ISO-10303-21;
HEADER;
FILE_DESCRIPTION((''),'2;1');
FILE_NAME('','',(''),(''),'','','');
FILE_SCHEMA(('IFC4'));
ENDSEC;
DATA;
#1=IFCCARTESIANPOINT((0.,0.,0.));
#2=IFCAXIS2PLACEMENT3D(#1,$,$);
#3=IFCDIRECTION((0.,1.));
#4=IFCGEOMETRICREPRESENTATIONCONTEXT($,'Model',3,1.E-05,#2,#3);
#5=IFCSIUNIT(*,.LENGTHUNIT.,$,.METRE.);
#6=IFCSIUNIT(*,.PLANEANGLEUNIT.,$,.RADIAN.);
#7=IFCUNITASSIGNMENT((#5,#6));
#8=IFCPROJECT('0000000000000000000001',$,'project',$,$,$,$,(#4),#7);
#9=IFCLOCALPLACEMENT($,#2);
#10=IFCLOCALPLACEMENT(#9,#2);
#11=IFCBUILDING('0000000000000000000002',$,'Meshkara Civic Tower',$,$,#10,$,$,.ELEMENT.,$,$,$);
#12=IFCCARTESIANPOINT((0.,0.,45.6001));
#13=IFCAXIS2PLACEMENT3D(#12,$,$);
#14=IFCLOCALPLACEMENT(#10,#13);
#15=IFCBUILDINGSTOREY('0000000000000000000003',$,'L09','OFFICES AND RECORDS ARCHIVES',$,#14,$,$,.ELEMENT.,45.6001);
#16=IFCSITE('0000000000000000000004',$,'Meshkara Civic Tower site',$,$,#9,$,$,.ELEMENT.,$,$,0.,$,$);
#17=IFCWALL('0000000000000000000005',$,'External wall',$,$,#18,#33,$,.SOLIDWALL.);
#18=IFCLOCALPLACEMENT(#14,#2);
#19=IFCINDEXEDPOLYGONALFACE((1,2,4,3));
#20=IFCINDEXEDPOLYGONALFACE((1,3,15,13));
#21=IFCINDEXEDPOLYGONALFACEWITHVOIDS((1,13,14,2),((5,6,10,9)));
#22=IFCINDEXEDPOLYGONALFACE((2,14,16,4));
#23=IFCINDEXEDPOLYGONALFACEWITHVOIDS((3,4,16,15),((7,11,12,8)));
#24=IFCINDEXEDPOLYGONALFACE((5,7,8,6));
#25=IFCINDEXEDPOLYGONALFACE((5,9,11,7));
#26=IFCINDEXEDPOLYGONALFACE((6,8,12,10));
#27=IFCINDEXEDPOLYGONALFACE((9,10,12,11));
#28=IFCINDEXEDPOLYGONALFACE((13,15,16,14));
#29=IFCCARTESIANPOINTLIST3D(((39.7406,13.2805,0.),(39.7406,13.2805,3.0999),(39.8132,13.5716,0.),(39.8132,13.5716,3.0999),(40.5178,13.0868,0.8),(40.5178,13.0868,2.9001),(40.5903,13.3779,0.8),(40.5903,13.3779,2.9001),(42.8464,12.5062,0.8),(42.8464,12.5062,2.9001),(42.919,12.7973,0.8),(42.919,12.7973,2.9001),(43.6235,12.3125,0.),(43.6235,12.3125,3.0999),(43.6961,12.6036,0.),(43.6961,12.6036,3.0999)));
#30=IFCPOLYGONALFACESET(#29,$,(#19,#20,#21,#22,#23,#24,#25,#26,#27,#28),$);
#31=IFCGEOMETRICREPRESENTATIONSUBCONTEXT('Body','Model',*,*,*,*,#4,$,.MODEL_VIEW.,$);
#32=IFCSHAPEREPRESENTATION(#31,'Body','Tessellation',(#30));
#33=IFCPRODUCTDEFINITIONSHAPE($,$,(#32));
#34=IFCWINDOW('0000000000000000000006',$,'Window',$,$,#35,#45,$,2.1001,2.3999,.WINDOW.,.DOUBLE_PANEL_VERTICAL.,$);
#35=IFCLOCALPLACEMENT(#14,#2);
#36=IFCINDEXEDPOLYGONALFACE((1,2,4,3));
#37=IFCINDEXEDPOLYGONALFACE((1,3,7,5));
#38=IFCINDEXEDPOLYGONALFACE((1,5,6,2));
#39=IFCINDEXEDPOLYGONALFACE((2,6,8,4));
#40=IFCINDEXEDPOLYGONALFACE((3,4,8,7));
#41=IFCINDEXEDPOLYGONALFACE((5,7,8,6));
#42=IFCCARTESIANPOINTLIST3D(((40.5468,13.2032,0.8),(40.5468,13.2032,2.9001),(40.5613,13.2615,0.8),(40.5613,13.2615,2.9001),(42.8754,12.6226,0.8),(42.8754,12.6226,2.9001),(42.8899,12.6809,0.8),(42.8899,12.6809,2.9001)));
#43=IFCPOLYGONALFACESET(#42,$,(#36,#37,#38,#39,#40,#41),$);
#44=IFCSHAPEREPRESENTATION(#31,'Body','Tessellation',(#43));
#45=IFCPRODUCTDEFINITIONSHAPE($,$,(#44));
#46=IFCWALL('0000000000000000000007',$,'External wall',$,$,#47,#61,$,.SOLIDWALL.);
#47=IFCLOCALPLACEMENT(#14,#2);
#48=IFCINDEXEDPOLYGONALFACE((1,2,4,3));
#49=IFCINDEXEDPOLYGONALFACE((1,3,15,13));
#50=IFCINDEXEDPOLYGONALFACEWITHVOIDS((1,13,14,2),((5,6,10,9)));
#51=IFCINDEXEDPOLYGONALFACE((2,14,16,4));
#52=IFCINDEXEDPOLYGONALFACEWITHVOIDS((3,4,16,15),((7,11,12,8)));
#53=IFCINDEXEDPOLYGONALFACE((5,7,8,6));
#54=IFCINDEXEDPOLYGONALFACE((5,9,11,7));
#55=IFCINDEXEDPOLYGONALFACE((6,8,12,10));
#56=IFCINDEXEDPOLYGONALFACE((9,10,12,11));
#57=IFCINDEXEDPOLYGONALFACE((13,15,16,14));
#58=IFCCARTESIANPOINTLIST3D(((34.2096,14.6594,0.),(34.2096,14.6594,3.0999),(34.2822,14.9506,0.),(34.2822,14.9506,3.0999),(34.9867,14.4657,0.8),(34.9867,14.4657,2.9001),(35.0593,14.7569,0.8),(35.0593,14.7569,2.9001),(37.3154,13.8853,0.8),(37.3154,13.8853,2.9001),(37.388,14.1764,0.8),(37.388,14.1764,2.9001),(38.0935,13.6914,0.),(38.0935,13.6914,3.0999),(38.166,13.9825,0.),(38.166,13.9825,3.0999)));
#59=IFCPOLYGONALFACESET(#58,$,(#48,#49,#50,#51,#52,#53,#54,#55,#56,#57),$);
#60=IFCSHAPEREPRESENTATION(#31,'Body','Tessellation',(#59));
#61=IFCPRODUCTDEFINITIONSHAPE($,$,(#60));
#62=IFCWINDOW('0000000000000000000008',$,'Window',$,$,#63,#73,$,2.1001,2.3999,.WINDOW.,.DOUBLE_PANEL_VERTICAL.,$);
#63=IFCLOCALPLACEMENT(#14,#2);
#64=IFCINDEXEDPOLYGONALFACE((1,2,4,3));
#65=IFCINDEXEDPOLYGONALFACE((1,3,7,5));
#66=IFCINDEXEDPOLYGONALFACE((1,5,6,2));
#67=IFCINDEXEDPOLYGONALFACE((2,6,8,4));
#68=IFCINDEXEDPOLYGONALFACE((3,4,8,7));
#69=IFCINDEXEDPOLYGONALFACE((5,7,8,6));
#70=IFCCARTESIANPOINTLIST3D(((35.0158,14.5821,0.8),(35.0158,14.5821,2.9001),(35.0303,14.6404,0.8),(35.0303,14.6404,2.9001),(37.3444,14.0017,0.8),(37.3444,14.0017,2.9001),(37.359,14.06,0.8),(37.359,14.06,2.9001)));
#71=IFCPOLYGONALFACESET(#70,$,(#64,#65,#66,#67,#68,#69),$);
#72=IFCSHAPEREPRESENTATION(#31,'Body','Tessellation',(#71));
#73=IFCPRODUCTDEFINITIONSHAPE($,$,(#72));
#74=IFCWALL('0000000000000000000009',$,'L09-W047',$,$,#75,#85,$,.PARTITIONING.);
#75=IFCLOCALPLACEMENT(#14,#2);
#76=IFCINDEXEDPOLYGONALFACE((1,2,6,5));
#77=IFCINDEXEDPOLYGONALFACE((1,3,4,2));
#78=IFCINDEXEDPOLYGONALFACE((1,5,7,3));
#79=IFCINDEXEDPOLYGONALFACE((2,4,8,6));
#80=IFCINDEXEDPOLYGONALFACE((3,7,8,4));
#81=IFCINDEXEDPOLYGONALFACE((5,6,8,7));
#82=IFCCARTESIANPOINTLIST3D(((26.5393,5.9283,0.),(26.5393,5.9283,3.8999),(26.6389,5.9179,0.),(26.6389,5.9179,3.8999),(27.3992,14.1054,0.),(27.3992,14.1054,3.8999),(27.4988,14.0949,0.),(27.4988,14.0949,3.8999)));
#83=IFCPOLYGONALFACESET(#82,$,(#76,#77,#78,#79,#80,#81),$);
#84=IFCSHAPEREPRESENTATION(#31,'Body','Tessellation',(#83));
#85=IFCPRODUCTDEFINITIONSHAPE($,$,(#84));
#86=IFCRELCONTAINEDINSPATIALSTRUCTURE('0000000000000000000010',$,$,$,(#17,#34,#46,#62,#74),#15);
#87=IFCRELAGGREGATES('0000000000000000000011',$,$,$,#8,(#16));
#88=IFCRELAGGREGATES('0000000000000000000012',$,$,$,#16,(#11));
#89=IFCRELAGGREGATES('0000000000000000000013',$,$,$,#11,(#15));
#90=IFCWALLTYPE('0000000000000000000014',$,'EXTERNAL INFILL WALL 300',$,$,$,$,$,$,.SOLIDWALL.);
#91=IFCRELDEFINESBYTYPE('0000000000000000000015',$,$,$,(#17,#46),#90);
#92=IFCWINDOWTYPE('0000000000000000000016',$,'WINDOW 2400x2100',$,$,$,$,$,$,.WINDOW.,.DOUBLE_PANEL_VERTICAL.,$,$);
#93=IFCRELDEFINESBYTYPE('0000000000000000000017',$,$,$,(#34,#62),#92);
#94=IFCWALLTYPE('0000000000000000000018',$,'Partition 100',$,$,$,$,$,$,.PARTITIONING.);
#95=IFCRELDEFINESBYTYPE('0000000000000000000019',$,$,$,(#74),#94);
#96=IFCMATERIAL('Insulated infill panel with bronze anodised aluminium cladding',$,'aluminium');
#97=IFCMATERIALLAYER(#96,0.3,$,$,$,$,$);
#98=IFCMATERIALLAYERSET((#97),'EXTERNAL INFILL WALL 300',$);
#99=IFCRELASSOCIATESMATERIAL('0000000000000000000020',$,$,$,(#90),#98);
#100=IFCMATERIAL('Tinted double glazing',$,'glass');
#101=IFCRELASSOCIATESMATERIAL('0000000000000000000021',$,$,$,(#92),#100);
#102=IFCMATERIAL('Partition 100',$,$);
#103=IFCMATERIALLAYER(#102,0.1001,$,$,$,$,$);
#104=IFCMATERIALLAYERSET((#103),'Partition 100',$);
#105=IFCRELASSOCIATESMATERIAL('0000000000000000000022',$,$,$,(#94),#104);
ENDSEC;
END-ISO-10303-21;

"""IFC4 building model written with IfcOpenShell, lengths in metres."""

from ifc_helpers import new_model, si_unit, direction, frame, frame_2d, origin, place, context, subcontext, project, spatial, rectangle, extrude, material, layer, layer_set, type_object, element, fill, save


model = new_model("IFC4")

# Units and contexts
model_context = context("Model", 3, precision=1e-05, world=origin(), true_north=direction((0.0, 1.0)))
body_context = subcontext(model_context, "Body", "Model", "MODEL_VIEW")
ifc_project = project(units=[si_unit("LENGTHUNIT", "METRE"), si_unit("PLANEANGLEUNIT", "RADIAN")], contexts=[model_context])

# Site, building, storey
site_placement = place(None, origin())
site = spatial("IfcSite", under=ifc_project, at=site_placement, Name="Meshkara Civic Tower site", CompositionType="ELEMENT", RefElevation=0.0)
building_placement = place(site_placement, origin())
building = spatial("IfcBuilding", under=site, at=building_placement, Name="Meshkara Civic Tower", CompositionType="ELEMENT")
storey_placement = place(building_placement, frame((0.0, 0.0, 45.6001)))
storey = spatial("IfcBuildingStorey", under=building, at=storey_placement, Name="L09", Description="OFFICES AND RECORDS ARCHIVES", CompositionType="ELEMENT", Elevation=45.6001)

# Walls, openings, windows
ifc_material_1 = material(Name="Insulated infill panel with bronze anodised aluminium cladding", Category="aluminium")
ifc_layer_1 = layer(ifc_material_1, 0.3)
ifc_layer_set_1 = layer_set([ifc_layer_1], Name="EXTERNAL INFILL WALL 300")
wall_type_1 = type_object("IfcWallType", Name="EXTERNAL INFILL WALL 300", PredefinedType="SOLIDWALL", material=ifc_layer_set_1)
ifc_material_2 = material(Name="Tinted double glazing", Category="glass")
window_type = type_object("IfcWindowType", Name="WINDOW 2400x2100", PartitioningType="DOUBLE_PANEL_VERTICAL", PredefinedType="WINDOW", material=ifc_material_2)
wall_1_placement = place(storey_placement, frame((43.6599, 12.458, 0.0), z_axis=(0.0, 0.0, 1.0), x_axis=(-0.9703, 0.241904, 0.0)))
wall_1 = element("IfcWall", 1, at=wall_1_placement, inside=storey, type_object=wall_type_1, Name="External wall", PredefinedType="SOLIDWALL", context=body_context, shape_type="SweptSolid", body=[
    extrude(rectangle(XDim=4.0017, YDim=0.3, at=frame_2d((2.001, 0.0))), origin(), (0.0, 0.0, 1.0), 3.0999),
])
opening_1_placement = place(wall_1_placement, frame((0.801, 0.0, 0.8)))
opening_1 = element("IfcOpeningElement", 2, at=opening_1_placement, cuts=wall_1, PredefinedType="OPENING", context=body_context, shape_type="SweptSolid", body=[
    extrude(rectangle(XDim=2.3999, YDim=2.1001, at=frame_2d((1.2, 1.05))), frame((0.0, 0.1599, 0.0), z_axis=(0.0, -1.0, 0.0), x_axis=(1.0, 0.0, 0.0)), (0.0, 0.0, 1.0), 0.3201),
])
window_1_placement = place(opening_1_placement, origin())
window_1 = element("IfcWindow", 3, at=window_1_placement, inside=storey, type_object=window_type, Name="Window", OverallHeight=2.1001, OverallWidth=2.3999, PartitioningType="DOUBLE_PANEL_VERTICAL", PredefinedType="WINDOW", context=body_context, shape_type="SweptSolid", body=[
    extrude(rectangle(XDim=2.3999, YDim=2.1001, at=frame_2d((1.2, 1.05))), frame((0.0, 0.03, 0.0), z_axis=(0.0, -1.0, 0.0), x_axis=(1.0, 0.0, 0.0)), (0.0, 0.0, 1.0), 0.0601),
])
fill(opening_1, window_1)
wall_2_placement = place(storey_placement, frame((38.1299, 13.8369, 0.0), z_axis=(0.0, 0.0, 1.0), x_axis=(-0.970314, 0.241847, 0.0)))
wall_2 = element("IfcWall", 4, at=wall_2_placement, inside=storey, type_object=wall_type_1, Name="External wall", PredefinedType="SOLIDWALL", context=body_context, shape_type="SweptSolid", body=[
    extrude(rectangle(XDim=4.0027, YDim=0.3, at=frame_2d((2.0015, 0.0))), origin(), (0.0, 0.0, 1.0), 3.0999),
])
opening_2_placement = place(wall_2_placement, frame((0.802, 0.0, 0.8)))
opening_2 = element("IfcOpeningElement", 5, at=opening_2_placement, cuts=wall_2, PredefinedType="OPENING", context=body_context, shape_type="SweptSolid", body=[
    extrude(rectangle(XDim=2.3999, YDim=2.1001, at=frame_2d((1.2, 1.05))), frame((0.0, 0.1599, 0.0), z_axis=(0.0, -1.0, 0.0), x_axis=(1.0, 0.0, 0.0)), (0.0, 0.0, 1.0), 0.3201),
])
window_2_placement = place(opening_2_placement, origin())
window_2 = element("IfcWindow", 6, at=window_2_placement, inside=storey, type_object=window_type, Name="Window", OverallHeight=2.1001, OverallWidth=2.3999, PartitioningType="DOUBLE_PANEL_VERTICAL", PredefinedType="WINDOW", context=body_context, shape_type="SweptSolid", body=[
    extrude(rectangle(XDim=2.3999, YDim=2.1001, at=frame_2d((1.2, 1.05))), frame((0.0, 0.03, 0.0), z_axis=(0.0, -1.0, 0.0), x_axis=(1.0, 0.0, 0.0)), (0.0, 0.0, 1.0), 0.0601),
])
fill(opening_2, window_2)

# Wall
ifc_material_3 = material(Name="Partition 100")
ifc_layer_2 = layer(ifc_material_3, 0.1001)
ifc_layer_set_2 = layer_set([ifc_layer_2], Name="Partition 100")
wall_type_2 = type_object("IfcWallType", Name="Partition 100", PredefinedType="PARTITIONING", material=ifc_layer_set_2)
wall_3_placement = place(storey_placement, frame((26.5891, 5.9231, 0.0), z_axis=(0.0, 0.0, 1.0), x_axis=(0.10458, 0.994517, 0.0)))
element("IfcWall", 7, at=wall_3_placement, inside=storey, type_object=wall_type_2, Name="L09-W047", PredefinedType="PARTITIONING", context=body_context, shape_type="SweptSolid", body=[
    extrude(rectangle(XDim=8.2222, YDim=0.1001, at=frame_2d((4.1111, 0.0))), origin(), (0.0, 0.0, 1.0), 3.8999),
])

save(model, "model.ifc")
